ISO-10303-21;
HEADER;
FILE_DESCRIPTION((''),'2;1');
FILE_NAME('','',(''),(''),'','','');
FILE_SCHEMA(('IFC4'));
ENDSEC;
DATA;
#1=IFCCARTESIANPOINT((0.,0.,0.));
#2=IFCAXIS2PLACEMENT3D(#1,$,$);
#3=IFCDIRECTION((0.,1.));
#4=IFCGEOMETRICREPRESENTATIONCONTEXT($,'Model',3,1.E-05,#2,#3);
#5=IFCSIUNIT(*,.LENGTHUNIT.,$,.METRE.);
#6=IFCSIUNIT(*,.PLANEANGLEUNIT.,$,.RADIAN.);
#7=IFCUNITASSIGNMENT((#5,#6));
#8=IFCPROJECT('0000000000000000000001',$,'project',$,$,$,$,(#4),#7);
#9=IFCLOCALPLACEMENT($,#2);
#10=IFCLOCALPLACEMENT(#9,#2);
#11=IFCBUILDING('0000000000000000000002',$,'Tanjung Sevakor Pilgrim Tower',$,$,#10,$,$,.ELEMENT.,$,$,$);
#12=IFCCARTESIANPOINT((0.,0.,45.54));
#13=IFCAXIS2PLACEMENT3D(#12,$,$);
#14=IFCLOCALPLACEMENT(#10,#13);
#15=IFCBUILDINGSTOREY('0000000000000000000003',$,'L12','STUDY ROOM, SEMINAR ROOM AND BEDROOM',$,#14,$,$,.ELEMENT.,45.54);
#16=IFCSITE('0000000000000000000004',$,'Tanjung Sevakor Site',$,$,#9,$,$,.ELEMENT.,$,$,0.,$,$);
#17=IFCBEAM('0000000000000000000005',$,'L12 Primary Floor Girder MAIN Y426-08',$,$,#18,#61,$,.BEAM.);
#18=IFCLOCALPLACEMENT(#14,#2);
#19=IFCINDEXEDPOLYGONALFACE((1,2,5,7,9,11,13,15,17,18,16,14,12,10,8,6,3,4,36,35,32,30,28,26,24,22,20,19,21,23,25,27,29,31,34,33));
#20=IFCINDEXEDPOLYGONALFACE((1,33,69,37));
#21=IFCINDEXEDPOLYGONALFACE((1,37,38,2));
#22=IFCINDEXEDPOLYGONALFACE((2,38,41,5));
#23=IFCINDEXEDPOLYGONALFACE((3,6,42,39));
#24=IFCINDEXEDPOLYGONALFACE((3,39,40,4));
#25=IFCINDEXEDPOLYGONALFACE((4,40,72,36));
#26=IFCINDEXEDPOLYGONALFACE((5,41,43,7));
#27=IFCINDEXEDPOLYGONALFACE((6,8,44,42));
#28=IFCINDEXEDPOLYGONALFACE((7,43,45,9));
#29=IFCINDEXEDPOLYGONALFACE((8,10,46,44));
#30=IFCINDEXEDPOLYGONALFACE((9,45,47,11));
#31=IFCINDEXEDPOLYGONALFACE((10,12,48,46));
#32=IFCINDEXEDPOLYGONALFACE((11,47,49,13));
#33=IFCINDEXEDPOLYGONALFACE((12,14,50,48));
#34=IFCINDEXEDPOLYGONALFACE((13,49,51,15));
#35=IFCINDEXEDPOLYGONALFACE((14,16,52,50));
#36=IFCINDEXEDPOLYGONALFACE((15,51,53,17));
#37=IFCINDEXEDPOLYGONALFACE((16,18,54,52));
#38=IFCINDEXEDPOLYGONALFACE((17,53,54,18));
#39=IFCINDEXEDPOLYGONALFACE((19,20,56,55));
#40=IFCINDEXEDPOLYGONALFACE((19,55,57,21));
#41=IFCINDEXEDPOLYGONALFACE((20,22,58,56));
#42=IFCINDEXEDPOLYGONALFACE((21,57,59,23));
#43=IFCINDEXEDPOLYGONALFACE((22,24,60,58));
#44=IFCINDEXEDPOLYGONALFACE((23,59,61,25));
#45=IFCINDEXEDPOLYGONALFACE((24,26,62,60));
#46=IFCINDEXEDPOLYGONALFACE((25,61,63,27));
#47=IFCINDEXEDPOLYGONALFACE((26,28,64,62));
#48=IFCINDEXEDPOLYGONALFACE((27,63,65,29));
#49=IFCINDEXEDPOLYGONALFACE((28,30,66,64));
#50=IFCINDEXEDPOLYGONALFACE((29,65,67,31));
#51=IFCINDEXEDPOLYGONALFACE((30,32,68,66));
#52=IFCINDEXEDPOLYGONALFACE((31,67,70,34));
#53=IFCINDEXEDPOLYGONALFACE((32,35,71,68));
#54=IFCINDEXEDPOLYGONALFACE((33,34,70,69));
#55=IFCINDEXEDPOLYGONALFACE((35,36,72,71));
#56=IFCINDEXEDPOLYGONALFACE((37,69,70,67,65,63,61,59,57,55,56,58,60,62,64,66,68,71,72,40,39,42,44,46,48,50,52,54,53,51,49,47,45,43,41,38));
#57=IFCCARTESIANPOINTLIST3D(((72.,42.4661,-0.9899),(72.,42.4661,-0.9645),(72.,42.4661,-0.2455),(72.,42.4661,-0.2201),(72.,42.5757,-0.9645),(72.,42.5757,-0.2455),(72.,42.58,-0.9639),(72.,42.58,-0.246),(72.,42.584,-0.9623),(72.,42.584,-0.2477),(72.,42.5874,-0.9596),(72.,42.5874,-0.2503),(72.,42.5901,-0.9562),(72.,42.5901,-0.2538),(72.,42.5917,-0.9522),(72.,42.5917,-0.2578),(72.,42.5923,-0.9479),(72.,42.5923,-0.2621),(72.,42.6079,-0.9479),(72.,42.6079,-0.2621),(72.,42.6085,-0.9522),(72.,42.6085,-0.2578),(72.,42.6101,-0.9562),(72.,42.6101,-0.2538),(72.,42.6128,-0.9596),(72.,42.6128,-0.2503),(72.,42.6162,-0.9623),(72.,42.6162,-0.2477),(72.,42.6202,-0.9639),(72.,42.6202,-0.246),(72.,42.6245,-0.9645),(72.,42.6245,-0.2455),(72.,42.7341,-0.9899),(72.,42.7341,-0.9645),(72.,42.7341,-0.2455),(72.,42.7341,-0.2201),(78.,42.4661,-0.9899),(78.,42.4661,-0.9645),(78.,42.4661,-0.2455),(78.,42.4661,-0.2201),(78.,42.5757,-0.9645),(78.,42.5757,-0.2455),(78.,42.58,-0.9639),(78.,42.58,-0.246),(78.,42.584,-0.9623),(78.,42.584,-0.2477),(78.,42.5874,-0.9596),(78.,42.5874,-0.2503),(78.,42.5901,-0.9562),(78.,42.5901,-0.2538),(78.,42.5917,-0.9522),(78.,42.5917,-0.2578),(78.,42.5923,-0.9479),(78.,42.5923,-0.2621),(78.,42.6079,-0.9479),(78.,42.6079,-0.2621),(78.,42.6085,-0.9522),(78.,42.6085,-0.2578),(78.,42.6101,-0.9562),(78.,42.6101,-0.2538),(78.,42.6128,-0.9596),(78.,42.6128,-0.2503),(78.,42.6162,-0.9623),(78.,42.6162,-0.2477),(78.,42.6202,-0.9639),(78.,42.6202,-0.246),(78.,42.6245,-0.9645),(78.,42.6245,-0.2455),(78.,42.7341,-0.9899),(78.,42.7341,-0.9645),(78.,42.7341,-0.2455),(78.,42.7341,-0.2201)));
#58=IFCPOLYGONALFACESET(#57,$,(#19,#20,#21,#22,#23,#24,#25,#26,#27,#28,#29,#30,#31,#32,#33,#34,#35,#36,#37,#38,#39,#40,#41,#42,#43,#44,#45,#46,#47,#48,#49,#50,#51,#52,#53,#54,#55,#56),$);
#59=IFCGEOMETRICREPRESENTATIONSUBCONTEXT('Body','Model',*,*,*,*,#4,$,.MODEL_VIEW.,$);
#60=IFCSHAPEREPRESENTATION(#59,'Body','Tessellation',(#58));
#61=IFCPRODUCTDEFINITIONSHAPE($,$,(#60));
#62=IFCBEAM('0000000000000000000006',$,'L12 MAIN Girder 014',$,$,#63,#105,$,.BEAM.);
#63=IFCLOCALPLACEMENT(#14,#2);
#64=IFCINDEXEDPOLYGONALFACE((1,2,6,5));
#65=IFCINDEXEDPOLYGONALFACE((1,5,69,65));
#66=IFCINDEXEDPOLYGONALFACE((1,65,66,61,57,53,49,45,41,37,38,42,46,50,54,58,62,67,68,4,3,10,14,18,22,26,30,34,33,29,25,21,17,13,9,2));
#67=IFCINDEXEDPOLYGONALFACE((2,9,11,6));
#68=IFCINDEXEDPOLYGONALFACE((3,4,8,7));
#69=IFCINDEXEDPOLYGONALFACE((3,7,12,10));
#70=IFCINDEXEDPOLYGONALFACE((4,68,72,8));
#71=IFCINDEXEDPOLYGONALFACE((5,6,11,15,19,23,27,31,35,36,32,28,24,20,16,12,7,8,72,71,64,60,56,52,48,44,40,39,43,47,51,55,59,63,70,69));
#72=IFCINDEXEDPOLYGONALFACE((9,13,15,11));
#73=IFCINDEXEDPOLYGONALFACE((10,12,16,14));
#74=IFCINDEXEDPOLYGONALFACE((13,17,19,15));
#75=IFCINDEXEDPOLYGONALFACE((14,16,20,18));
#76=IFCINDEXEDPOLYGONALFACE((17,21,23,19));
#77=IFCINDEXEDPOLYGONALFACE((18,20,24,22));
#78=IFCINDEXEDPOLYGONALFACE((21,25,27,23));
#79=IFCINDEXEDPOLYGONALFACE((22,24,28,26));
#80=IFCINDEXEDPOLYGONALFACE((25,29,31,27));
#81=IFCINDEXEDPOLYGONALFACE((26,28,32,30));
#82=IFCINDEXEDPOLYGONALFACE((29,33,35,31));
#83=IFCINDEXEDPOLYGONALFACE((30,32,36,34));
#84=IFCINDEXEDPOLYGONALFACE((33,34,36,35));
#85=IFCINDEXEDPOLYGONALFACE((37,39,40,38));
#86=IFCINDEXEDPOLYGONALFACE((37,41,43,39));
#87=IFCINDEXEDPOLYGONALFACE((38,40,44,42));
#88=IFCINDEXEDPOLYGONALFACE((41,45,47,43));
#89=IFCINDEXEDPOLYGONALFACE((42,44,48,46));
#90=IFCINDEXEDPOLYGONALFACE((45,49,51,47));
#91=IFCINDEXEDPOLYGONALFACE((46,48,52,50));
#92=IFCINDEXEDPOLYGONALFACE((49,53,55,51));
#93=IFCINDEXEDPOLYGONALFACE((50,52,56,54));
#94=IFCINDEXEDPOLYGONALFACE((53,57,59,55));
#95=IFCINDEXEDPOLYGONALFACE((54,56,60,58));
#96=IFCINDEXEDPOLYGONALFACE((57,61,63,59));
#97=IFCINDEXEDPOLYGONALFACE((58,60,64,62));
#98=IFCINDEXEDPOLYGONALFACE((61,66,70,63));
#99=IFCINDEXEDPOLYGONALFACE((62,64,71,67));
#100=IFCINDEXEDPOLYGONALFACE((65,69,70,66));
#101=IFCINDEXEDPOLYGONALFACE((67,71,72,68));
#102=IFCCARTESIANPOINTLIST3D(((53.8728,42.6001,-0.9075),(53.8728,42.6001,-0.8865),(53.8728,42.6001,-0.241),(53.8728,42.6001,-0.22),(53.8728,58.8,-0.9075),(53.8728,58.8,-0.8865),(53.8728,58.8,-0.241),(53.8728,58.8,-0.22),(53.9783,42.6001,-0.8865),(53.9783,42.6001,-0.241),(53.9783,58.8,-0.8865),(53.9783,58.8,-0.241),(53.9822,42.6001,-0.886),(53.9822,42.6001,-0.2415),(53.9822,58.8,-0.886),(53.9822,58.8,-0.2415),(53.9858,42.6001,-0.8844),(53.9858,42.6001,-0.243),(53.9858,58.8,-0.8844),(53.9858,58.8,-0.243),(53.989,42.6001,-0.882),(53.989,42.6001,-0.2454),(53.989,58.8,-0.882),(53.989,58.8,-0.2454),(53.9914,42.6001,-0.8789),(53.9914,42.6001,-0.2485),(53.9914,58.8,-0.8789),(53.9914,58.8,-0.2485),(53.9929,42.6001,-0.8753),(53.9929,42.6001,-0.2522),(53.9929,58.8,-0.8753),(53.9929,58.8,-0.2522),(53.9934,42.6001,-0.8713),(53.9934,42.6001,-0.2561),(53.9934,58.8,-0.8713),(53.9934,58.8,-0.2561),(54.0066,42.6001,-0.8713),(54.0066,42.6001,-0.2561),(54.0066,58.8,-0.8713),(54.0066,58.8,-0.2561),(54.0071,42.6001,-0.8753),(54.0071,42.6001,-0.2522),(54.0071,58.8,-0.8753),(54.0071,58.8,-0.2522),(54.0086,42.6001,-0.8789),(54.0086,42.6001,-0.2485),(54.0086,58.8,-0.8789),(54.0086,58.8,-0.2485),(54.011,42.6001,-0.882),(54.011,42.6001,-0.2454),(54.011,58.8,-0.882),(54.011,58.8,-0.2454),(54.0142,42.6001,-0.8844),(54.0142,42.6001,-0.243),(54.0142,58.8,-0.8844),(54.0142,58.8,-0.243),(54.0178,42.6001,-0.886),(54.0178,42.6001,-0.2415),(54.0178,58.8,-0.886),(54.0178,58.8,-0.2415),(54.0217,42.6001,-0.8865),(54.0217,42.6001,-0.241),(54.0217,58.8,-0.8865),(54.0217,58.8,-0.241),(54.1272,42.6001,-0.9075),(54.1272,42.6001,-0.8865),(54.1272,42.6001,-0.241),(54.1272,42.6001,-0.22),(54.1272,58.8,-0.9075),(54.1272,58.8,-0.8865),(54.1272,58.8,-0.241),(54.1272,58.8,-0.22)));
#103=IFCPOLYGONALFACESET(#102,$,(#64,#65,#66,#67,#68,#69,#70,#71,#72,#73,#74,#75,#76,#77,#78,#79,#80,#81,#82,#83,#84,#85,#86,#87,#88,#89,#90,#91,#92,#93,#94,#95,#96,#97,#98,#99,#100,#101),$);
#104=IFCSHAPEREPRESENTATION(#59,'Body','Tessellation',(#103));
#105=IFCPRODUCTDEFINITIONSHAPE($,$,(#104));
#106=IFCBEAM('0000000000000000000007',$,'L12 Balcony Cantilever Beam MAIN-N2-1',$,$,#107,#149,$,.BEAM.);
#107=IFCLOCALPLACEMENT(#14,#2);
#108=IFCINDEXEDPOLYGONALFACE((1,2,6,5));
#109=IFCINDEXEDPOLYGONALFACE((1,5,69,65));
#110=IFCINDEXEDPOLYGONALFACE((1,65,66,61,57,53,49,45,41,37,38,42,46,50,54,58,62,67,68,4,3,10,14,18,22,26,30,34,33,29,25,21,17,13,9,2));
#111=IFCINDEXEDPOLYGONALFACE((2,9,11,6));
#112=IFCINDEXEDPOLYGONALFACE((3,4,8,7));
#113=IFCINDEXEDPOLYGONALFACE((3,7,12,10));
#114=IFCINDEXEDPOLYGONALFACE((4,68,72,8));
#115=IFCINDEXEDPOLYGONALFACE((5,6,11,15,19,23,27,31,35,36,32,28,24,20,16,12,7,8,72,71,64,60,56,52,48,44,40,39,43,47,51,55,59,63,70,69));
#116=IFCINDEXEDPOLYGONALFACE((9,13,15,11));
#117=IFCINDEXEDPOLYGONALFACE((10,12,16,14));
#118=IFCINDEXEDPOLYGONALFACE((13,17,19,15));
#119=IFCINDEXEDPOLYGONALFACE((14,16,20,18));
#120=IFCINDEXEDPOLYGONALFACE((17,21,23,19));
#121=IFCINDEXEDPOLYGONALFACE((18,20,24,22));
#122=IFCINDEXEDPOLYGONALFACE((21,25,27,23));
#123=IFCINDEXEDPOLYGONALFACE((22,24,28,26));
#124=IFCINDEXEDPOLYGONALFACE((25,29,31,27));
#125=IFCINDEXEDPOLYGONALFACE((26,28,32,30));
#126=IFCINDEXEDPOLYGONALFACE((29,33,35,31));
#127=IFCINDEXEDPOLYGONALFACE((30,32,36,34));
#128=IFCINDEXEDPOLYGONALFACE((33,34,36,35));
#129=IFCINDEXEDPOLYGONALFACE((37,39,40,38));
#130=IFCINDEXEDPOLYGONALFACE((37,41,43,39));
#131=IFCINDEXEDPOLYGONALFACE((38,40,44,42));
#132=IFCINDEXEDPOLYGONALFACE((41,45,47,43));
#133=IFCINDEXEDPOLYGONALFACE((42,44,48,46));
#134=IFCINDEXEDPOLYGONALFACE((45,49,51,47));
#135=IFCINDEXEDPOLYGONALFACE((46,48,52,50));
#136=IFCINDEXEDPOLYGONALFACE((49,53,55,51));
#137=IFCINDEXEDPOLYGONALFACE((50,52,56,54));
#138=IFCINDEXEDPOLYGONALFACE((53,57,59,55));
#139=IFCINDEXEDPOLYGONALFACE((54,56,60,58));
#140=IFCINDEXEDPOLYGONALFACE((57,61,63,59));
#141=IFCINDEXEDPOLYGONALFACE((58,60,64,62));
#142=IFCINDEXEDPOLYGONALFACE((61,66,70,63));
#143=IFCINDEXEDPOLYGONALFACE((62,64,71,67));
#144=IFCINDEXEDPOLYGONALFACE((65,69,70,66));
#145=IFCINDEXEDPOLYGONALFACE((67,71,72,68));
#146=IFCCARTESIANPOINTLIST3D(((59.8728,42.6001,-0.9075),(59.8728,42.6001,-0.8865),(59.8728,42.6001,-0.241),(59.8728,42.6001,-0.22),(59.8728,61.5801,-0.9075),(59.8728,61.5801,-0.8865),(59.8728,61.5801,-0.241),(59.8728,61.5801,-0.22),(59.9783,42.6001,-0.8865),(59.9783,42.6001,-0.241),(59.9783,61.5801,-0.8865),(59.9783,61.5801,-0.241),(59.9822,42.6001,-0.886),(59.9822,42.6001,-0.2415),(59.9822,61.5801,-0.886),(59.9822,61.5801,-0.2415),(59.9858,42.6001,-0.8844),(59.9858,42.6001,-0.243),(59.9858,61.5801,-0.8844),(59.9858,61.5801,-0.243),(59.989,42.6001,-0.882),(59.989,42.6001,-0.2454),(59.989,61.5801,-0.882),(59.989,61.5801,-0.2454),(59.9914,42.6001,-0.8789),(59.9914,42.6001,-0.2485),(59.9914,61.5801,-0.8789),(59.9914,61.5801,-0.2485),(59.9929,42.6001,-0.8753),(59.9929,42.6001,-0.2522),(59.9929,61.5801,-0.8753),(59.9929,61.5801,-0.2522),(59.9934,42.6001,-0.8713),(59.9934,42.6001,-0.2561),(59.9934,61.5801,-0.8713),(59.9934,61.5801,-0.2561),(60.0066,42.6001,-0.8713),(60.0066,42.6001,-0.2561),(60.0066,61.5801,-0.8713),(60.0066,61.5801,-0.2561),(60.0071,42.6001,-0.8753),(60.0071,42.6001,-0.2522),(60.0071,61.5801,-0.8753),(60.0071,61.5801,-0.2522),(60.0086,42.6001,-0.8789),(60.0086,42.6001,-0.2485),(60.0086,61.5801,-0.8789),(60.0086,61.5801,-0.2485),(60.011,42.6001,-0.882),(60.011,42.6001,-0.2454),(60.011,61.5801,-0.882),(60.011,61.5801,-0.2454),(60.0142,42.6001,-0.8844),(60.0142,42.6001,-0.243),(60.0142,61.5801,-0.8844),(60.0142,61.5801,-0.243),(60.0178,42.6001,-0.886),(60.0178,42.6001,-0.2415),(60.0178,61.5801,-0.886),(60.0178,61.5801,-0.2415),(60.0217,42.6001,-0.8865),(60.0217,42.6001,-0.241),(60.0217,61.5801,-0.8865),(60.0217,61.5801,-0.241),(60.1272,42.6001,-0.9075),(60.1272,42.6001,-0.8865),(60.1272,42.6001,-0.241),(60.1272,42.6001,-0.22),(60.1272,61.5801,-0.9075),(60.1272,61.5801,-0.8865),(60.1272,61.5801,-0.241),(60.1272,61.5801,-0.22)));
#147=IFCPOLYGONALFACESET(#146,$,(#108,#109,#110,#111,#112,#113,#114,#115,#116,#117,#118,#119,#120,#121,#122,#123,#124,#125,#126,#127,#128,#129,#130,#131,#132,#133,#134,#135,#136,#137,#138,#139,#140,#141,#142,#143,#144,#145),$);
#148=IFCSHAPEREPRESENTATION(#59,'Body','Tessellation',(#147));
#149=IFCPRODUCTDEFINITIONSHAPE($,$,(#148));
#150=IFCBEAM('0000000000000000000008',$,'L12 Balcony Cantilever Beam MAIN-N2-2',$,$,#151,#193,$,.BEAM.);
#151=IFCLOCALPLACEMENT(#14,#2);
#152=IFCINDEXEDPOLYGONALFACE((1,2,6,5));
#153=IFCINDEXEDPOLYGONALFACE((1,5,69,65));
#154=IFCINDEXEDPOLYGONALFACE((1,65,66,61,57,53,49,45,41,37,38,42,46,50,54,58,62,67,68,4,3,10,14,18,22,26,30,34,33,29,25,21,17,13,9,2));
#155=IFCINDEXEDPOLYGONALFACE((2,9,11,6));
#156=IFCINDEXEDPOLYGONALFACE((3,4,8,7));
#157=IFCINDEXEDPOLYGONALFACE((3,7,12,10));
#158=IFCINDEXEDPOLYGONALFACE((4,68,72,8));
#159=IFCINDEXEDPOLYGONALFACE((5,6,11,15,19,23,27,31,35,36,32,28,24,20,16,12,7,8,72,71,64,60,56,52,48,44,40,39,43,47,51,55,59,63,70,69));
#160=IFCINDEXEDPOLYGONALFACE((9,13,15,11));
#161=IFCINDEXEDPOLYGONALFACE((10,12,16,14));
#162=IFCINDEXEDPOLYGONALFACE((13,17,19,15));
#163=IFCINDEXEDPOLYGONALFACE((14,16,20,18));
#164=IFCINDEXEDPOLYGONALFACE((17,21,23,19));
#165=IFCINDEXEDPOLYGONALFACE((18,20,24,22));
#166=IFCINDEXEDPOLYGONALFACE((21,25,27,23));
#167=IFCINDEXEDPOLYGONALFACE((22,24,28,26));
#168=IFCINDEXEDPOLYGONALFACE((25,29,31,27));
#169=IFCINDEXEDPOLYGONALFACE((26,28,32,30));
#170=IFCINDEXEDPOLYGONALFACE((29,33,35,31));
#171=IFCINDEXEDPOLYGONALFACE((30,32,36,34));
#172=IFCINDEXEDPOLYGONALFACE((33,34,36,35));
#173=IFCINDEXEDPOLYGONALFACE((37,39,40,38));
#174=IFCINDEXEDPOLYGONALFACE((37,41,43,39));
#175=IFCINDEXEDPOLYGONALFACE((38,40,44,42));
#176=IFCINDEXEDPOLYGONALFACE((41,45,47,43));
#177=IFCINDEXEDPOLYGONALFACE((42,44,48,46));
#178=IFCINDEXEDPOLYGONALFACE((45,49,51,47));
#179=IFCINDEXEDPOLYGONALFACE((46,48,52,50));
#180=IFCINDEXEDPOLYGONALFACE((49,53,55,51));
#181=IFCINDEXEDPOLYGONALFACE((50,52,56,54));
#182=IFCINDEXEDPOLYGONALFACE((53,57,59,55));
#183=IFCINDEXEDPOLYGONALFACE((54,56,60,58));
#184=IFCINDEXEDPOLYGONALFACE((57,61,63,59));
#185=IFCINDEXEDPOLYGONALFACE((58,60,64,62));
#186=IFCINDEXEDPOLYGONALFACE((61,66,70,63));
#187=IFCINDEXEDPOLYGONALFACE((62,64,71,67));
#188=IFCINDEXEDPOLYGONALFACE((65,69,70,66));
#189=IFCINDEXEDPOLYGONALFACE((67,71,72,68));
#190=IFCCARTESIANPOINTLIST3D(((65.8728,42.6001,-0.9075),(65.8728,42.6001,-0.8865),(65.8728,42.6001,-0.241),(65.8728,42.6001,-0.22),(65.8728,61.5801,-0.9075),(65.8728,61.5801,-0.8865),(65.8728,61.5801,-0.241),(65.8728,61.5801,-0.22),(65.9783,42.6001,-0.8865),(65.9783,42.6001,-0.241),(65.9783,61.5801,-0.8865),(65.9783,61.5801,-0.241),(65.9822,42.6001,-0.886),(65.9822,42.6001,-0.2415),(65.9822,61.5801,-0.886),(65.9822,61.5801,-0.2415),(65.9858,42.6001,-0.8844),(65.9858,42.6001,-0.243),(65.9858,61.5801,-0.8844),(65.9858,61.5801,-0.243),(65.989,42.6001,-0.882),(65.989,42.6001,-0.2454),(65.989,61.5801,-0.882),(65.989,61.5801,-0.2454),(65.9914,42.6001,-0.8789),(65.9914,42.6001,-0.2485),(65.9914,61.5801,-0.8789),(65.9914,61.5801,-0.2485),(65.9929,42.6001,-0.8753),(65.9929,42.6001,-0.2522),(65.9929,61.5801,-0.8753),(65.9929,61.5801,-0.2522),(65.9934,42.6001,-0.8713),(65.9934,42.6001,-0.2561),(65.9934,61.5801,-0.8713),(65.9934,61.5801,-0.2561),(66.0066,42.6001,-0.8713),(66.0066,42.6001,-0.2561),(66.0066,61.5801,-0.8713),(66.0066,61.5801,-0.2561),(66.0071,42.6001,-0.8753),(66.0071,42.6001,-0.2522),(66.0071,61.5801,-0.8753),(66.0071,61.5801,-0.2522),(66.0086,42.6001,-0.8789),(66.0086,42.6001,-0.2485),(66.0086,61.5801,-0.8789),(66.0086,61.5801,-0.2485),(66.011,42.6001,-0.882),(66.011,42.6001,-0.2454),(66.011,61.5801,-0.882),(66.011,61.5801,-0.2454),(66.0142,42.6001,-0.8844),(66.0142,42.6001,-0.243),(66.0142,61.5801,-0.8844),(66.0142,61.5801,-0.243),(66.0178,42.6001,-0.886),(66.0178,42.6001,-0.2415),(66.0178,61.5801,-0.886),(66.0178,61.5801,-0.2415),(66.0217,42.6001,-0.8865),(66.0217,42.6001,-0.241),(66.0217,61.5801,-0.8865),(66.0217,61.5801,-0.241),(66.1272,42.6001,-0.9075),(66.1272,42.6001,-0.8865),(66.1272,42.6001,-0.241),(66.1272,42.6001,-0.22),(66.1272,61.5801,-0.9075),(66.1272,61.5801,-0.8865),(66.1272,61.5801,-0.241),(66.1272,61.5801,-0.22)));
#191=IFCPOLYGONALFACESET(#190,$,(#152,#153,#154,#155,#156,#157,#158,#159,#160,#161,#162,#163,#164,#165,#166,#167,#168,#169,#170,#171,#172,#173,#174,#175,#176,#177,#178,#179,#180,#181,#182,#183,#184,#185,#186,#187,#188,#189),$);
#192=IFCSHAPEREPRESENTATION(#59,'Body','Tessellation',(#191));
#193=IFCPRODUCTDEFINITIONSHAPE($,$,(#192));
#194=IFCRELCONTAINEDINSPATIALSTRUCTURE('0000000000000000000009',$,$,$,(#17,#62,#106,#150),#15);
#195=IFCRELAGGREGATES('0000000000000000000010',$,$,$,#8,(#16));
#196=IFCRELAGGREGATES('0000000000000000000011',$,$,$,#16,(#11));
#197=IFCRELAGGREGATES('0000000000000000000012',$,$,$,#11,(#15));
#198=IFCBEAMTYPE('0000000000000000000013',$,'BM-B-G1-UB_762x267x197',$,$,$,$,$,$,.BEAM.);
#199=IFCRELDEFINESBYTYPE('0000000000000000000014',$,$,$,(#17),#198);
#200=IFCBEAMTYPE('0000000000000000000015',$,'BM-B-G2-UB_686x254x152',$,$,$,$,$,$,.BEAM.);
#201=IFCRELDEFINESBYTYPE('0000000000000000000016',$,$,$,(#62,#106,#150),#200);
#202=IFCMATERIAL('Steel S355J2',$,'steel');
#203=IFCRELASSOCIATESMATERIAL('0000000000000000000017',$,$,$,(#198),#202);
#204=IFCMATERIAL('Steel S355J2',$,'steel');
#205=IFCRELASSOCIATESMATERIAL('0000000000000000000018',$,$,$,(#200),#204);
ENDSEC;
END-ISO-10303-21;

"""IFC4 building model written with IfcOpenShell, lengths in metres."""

from ifc_helpers import new_model, si_unit, direction, frame, origin, origin_2d, place, context, subcontext, project, spatial, i_section, extrude, material, material_profile, profile_set, type_object, element, save


model = new_model("IFC4")

# Units and contexts
model_context = context("Model", 3, precision=1e-05, world=origin(), true_north=direction((0.0, 1.0)))
body_context = subcontext(model_context, "Body", "Model", "MODEL_VIEW")
ifc_project = project(units=[si_unit("LENGTHUNIT", "METRE"), si_unit("PLANEANGLEUNIT", "RADIAN")], contexts=[model_context])

# Site, building, storey
site_placement = place(None, origin())
site = spatial("IfcSite", under=ifc_project, at=site_placement, Name="Tanjung Sevakor Site", CompositionType="ELEMENT", RefElevation=0.0)
building_placement = place(site_placement, origin())
building = spatial("IfcBuilding", under=site, at=building_placement, Name="Tanjung Sevakor Pilgrim Tower", CompositionType="ELEMENT")
storey_placement = place(building_placement, frame((0.0, 0.0, 45.54)))
storey = spatial("IfcBuildingStorey", under=building, at=storey_placement, Name="L12", Description="STUDY ROOM, SEMINAR ROOM AND BEDROOM", CompositionType="ELEMENT", Elevation=45.54)

# Beams
ifc_material_1 = material(Name="Steel S355J2", Category="steel")
ifc_material_profile_1 = material_profile(ifc_material_1, i_section(OverallWidth=0.2681, OverallDepth=0.7698, WebThickness=0.0156, FlangeThickness=0.0254, FilletRadius=0.0166, at=origin_2d()))
ifc_profile_set_1 = profile_set([ifc_material_profile_1], Name="Steel S355J2")
beam_type_1 = type_object("IfcBeamType", Name="BM-B-G1-UB_762x267x197", PredefinedType="BEAM", material=ifc_profile_set_1)
for number, where, z_axis, x_axis, name in (
    (1, (72.0, 42.6001, -0.605), (1.0, 0.0, 0.0), (0.0, 1.0, 0.0), "L12 Primary Floor Girder MAIN Y426-08"),
):
    element("IfcBeam", number, at=place(storey_placement, frame(where, z_axis=z_axis, x_axis=x_axis)), inside=storey, type_object=beam_type_1, Name=name, PredefinedType="BEAM", context=body_context, shape_type="SweptSolid", body=[
        extrude(i_section(OverallWidth=0.2681, OverallDepth=0.7698, WebThickness=0.0156, FlangeThickness=0.0254, FilletRadius=0.0166, at=origin_2d()), origin(), (0.0, 0.0, 1.0), 6.0),
    ])
ifc_material_2 = material(Name="Steel S355J2", Category="steel")
ifc_material_profile_2 = material_profile(ifc_material_2, i_section(OverallWidth=0.2544, OverallDepth=0.6875, WebThickness=0.0132, FlangeThickness=0.021, FilletRadius=0.0151, at=origin_2d()))
ifc_profile_set_2 = profile_set([ifc_material_profile_2], Name="Steel S355J2")
beam_type_2 = type_object("IfcBeamType", Name="BM-B-G2-UB_686x254x152", PredefinedType="BEAM", material=ifc_profile_set_2)
beam_1_placement = place(storey_placement, frame((54.0, 42.6001, -0.5637), z_axis=(0.0, 1.0, 0.0), x_axis=(-1.0, 0.0, 0.0)))
element("IfcBeam", 2, at=beam_1_placement, inside=storey, type_object=beam_type_2, Name="L12 MAIN Girder 014", PredefinedType="BEAM", context=body_context, shape_type="SweptSolid", body=[
    extrude(i_section(OverallWidth=0.2544, OverallDepth=0.6875, WebThickness=0.0132, FlangeThickness=0.021, FilletRadius=0.0151, at=origin_2d()), origin(), (0.0, 0.0, 1.0), 16.2),
])
for number, where, z_axis, x_axis, name in (
    (3, (60.0, 42.6001, -0.5637), (0.0, 1.0, 0.0), (-1.0, 0.0, 0.0), "L12 Balcony Cantilever Beam MAIN-N2-1"),
    (4, (66.0, 42.6001, -0.5637), (0.0, 1.0, 0.0), (-1.0, 0.0, 0.0), "L12 Balcony Cantilever Beam MAIN-N2-2"),
):
    element("IfcBeam", number, at=place(storey_placement, frame(where, z_axis=z_axis, x_axis=x_axis)), inside=storey, type_object=beam_type_2, Name=name, PredefinedType="BEAM", context=body_context, shape_type="SweptSolid", body=[
        extrude(i_section(OverallWidth=0.2544, OverallDepth=0.6875, WebThickness=0.0132, FlangeThickness=0.021, FilletRadius=0.0151, at=origin_2d()), origin(), (0.0, 0.0, 1.0), 18.98),
    ])

save(model, "model.ifc")
